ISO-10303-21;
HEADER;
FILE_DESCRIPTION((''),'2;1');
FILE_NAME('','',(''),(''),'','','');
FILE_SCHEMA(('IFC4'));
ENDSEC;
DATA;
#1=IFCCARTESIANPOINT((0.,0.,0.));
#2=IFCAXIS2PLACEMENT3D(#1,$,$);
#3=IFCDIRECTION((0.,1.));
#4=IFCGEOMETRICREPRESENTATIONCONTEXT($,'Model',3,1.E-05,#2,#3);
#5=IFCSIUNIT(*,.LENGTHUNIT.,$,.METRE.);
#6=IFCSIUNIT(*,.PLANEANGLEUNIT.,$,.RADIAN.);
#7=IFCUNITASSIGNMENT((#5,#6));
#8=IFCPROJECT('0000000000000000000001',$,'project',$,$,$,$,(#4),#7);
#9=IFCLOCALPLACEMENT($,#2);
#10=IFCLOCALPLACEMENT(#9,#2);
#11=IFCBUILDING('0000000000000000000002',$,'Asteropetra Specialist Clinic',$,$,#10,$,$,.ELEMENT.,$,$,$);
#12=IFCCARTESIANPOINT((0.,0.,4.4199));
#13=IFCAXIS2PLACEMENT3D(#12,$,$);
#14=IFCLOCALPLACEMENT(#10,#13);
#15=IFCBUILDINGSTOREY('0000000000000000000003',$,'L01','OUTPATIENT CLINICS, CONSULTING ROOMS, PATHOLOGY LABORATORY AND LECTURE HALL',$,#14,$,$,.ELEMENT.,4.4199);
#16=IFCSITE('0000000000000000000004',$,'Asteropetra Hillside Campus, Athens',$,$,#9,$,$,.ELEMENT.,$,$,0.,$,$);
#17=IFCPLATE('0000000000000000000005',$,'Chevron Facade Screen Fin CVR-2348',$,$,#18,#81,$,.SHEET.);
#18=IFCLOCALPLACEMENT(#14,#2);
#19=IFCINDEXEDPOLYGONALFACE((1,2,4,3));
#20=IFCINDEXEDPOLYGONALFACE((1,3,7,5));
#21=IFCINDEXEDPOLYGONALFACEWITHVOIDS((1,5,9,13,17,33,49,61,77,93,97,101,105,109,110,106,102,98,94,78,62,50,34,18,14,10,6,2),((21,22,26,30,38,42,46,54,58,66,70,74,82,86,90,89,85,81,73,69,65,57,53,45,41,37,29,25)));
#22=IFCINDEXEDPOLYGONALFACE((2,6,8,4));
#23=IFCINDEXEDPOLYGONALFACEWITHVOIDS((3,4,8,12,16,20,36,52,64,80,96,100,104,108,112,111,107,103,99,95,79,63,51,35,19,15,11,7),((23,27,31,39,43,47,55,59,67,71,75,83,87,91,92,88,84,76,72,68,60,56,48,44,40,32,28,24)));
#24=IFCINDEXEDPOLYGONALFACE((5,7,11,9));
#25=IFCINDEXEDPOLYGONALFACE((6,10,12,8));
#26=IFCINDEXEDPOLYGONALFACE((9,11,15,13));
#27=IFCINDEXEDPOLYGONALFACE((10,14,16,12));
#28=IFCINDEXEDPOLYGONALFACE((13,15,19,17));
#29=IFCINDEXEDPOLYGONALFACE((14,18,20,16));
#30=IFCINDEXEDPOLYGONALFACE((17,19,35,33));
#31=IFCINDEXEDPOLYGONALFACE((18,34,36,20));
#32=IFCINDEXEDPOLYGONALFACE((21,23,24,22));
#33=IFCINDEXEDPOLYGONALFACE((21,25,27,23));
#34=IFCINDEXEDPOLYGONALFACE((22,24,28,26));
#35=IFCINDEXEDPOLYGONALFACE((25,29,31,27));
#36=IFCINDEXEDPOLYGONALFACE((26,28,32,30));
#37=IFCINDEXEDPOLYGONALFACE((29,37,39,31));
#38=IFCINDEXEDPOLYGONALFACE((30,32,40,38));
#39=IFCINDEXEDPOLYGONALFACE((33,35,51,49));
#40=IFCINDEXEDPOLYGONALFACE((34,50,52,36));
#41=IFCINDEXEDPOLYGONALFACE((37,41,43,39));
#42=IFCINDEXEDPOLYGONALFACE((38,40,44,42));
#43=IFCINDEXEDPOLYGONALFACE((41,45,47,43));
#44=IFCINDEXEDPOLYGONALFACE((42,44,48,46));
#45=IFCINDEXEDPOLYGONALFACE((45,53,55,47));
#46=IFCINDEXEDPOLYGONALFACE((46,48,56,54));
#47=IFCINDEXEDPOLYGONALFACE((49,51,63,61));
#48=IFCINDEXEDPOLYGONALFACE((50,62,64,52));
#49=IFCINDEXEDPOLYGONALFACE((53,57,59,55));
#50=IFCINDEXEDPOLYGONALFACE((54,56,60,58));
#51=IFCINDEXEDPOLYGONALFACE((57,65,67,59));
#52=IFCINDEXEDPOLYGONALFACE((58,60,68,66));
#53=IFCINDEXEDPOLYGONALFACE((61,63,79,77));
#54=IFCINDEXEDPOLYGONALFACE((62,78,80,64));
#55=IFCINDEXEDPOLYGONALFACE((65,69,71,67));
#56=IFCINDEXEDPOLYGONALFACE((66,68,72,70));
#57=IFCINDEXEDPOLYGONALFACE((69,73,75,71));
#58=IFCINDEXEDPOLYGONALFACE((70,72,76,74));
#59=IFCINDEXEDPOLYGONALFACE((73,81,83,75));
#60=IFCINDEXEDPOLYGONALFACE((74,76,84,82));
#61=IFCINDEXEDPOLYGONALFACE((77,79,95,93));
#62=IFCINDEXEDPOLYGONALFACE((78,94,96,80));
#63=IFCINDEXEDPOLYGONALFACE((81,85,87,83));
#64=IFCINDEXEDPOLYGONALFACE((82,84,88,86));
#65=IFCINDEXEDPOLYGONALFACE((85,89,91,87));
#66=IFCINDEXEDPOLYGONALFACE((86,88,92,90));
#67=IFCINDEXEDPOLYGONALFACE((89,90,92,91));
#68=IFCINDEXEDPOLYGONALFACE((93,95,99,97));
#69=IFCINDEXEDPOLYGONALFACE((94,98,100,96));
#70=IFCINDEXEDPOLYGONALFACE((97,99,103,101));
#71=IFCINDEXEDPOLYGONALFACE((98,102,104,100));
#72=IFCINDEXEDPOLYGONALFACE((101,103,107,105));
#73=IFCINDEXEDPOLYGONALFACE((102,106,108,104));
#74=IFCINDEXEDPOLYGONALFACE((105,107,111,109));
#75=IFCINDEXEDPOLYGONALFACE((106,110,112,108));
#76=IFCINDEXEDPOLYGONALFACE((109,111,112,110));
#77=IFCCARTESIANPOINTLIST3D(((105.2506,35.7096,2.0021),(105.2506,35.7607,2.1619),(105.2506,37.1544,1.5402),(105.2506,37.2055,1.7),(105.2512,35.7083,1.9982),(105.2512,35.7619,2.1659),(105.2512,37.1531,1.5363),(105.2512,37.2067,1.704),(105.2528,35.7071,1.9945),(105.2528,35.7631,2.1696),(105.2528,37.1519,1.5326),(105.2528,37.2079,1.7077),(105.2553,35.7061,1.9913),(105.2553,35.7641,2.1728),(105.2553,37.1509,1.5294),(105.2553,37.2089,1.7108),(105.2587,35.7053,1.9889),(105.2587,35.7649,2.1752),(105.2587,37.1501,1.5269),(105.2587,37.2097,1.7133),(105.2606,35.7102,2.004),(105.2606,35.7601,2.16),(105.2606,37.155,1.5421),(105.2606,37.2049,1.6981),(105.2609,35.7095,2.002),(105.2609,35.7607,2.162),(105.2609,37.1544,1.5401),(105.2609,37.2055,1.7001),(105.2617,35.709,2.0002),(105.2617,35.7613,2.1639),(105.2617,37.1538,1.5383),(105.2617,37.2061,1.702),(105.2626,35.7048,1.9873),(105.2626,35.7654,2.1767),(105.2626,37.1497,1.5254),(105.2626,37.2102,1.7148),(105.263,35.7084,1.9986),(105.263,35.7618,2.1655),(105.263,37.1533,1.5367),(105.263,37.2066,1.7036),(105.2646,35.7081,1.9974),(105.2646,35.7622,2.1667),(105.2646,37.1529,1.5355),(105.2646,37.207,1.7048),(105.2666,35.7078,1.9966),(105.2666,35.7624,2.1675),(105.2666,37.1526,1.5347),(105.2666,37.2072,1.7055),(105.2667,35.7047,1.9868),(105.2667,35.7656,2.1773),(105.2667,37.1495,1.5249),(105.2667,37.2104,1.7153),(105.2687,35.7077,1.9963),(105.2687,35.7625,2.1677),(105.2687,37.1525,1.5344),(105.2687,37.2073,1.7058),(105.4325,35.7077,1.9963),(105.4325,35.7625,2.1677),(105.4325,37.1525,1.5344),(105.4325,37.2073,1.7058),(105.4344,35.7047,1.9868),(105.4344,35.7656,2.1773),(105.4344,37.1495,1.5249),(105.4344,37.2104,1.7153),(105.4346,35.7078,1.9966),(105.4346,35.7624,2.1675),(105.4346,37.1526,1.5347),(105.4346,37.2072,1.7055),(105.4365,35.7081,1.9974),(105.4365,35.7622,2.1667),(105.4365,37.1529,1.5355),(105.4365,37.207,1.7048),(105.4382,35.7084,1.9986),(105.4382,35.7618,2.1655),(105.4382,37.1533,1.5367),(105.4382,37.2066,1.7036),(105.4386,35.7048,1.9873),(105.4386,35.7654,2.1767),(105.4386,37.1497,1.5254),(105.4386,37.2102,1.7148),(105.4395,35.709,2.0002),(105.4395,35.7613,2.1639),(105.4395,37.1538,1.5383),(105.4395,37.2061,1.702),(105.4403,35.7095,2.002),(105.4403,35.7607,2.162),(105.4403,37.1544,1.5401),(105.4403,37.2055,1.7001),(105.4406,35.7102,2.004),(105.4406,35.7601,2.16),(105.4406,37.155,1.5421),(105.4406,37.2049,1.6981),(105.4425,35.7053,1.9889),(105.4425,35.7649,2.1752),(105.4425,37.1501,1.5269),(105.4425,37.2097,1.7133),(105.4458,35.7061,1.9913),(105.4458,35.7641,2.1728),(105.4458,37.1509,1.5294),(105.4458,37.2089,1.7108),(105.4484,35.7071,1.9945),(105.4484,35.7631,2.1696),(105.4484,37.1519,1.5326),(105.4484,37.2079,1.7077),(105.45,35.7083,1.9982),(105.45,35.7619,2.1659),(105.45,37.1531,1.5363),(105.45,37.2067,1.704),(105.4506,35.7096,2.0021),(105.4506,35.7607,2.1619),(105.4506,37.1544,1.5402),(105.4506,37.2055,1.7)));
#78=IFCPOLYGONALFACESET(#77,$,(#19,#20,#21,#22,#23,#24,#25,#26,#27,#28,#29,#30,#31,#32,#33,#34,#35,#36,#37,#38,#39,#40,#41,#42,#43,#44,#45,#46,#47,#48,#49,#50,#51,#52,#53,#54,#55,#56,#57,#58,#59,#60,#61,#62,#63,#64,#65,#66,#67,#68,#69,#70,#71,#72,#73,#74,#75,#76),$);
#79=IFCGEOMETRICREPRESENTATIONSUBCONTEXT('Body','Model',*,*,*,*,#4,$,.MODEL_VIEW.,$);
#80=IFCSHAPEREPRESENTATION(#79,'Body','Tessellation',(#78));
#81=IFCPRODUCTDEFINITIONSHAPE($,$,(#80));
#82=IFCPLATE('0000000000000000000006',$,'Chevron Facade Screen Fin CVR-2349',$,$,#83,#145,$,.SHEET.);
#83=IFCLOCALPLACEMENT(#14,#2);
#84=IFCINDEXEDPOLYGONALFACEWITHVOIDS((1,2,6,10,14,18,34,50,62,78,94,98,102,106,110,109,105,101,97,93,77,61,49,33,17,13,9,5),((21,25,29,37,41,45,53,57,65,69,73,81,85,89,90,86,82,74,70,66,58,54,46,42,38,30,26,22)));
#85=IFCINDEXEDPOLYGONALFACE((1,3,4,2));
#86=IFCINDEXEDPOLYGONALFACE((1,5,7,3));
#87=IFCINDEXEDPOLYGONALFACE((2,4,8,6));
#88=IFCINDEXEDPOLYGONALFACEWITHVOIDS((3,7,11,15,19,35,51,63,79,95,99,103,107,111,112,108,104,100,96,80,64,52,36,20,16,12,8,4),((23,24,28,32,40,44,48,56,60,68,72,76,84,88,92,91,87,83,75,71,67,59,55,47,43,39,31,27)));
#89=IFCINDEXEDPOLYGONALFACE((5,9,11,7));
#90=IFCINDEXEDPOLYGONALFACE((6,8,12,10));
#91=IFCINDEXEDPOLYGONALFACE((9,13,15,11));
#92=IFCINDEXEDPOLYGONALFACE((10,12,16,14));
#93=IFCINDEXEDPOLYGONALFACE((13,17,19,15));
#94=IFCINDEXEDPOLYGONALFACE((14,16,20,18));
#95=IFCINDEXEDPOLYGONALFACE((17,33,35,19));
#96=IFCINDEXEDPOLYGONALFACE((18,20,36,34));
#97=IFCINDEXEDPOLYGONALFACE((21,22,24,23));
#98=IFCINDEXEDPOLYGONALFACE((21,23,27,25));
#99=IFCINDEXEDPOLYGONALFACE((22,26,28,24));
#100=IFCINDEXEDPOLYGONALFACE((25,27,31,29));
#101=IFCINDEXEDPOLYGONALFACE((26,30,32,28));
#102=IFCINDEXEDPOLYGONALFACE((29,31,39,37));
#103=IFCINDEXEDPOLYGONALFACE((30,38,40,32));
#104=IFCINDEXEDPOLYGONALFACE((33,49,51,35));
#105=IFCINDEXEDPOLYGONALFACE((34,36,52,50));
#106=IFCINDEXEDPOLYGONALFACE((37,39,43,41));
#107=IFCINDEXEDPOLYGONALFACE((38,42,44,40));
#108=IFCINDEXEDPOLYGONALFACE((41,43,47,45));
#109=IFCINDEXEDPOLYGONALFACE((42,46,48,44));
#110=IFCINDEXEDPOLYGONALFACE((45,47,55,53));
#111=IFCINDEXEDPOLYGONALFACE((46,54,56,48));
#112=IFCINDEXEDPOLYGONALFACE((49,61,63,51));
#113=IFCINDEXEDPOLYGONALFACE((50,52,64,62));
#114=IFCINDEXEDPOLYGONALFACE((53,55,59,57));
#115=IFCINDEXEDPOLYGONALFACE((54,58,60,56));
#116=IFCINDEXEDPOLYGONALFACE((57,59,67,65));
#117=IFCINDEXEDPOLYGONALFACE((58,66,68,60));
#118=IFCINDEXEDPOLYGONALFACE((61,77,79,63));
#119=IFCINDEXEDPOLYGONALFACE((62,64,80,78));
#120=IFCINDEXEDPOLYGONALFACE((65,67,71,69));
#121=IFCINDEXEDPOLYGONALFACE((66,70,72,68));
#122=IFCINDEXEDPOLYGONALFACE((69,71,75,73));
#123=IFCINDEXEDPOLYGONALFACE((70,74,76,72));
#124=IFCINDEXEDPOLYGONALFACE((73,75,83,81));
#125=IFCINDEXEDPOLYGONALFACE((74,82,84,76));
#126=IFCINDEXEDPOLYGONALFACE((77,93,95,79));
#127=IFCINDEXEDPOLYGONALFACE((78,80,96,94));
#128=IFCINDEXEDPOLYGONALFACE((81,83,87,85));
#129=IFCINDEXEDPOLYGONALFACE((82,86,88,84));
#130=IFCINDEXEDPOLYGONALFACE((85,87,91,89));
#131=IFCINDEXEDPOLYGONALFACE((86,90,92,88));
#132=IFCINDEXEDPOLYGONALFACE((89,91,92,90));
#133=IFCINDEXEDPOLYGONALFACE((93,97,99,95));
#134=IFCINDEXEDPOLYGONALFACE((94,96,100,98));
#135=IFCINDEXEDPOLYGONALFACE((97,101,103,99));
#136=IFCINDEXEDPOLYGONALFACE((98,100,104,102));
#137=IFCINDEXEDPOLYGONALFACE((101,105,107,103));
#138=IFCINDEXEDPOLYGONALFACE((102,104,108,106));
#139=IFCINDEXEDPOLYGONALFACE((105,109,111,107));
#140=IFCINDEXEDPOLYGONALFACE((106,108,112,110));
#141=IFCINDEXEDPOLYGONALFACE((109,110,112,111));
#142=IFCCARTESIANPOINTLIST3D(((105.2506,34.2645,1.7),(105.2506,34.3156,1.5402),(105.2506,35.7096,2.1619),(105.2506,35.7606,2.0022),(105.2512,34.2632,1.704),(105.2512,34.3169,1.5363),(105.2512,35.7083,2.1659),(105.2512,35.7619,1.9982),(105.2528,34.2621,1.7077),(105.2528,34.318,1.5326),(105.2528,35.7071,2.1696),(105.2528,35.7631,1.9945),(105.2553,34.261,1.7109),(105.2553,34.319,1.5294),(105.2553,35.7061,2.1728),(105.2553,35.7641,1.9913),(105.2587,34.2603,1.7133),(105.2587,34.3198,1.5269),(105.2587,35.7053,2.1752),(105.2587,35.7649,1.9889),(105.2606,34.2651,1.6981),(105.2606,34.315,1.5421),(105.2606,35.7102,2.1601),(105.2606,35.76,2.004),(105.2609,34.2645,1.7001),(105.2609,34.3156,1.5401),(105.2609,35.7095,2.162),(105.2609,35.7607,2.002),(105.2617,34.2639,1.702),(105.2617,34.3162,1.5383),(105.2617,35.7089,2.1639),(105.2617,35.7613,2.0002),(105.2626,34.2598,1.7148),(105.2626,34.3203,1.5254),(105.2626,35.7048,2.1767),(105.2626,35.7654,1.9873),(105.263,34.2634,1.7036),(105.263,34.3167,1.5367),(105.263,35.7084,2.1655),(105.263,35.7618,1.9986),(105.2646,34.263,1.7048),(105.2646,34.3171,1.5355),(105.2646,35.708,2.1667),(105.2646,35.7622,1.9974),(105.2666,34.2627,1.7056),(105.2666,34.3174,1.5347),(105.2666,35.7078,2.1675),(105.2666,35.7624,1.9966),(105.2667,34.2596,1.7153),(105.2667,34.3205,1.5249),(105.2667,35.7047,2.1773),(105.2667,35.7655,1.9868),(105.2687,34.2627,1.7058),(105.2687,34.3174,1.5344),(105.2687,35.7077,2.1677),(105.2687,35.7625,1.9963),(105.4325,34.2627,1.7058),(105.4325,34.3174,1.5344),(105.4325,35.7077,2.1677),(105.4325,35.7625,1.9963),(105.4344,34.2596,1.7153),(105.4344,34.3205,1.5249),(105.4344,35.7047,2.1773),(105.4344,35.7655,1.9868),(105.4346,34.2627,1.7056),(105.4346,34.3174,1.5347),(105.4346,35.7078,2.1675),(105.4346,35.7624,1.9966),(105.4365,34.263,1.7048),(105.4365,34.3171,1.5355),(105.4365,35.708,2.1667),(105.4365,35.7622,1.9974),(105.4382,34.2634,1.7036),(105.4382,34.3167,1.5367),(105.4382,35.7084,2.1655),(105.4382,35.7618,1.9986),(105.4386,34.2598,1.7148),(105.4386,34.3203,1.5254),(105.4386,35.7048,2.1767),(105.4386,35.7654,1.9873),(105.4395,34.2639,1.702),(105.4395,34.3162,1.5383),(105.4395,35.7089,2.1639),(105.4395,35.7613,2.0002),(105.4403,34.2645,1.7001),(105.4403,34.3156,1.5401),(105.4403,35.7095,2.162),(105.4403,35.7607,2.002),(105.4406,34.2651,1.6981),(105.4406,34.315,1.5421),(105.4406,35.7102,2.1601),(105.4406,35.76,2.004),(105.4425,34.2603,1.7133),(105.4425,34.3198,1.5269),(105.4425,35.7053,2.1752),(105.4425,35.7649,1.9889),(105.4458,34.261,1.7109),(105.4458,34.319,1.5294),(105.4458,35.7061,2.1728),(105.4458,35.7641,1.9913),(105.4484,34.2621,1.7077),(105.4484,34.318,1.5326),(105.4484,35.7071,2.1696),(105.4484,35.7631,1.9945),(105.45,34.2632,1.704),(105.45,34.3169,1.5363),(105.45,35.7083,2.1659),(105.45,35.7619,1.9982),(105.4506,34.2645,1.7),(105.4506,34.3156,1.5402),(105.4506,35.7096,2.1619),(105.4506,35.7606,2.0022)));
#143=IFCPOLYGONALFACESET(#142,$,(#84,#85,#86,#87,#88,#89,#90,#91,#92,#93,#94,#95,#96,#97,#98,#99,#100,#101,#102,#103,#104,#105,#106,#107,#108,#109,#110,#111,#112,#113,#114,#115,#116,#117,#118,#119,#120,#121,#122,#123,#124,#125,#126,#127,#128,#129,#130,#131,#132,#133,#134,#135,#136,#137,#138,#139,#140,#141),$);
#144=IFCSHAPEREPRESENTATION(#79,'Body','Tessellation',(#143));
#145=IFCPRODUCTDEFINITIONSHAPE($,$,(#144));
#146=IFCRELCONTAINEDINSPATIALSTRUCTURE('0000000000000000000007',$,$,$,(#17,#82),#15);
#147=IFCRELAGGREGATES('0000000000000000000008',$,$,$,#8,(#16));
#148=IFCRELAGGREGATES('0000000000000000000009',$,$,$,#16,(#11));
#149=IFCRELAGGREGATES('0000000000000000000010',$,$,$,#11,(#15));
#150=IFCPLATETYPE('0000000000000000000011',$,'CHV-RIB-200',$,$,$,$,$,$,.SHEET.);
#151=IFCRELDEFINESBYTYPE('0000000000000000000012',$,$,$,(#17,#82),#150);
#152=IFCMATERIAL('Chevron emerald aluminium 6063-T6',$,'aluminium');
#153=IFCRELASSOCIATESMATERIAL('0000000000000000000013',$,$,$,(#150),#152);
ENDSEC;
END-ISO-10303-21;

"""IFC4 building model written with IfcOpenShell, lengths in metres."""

from ifc_helpers import new_model, si_unit, direction, frame, origin, origin_2d, place, context, subcontext, project, spatial, hollow_rectangle, extrude, material, material_profile, profile_set, type_object, element, save


model = new_model("IFC4")

# Units and contexts
model_context = context("Model", 3, precision=1e-05, world=origin(), true_north=direction((0.0, 1.0)))
body_context = subcontext(model_context, "Body", "Model", "MODEL_VIEW")
ifc_project = project(units=[si_unit("LENGTHUNIT", "METRE"), si_unit("PLANEANGLEUNIT", "RADIAN")], contexts=[model_context])

# Site, building, storey
site_placement = place(None, origin())
site = spatial("IfcSite", under=ifc_project, at=site_placement, Name="Asteropetra Hillside Campus, Athens", CompositionType="ELEMENT", RefElevation=0.0)
building_placement = place(site_placement, origin())
building = spatial("IfcBuilding", under=site, at=building_placement, Name="Asteropetra Specialist Clinic", CompositionType="ELEMENT")
storey_placement = place(building_placement, frame((0.0, 0.0, 4.4199)))
storey = spatial("IfcBuildingStorey", under=building, at=storey_placement, Name="L01", Description="OUTPATIENT CLINICS, CONSULTING ROOMS, PATHOLOGY LABORATORY AND LECTURE HALL", CompositionType="ELEMENT", Elevation=4.4199)

# Plates
ifc_material_1 = material(Name="Chevron emerald aluminium 6063-T6", Category="aluminium")
ifc_material_profile_1 = material_profile(ifc_material_1, hollow_rectangle(XDim=0.2, YDim=0.2, WallThickness=0.01, InnerFilletRadius=0.0081, OuterFilletRadius=0.0161, at=origin_2d()), Name="SHS 200x200x10.0")
ifc_profile_set_1 = profile_set([ifc_material_profile_1], Name="Chevron emerald aluminium 6063-T6")
plate_type = type_object("IfcPlateType", Name="CHV-RIB-200", PredefinedType="SHEET", material=ifc_profile_set_1)
plate_1_placement = place(storey_placement, frame((105.3506, 37.1799, 1.6201), z_axis=(0.0, -0.952506, 0.304519), x_axis=(1.0, 0.0, 0.0)))
element("IfcPlate", 1, at=plate_1_placement, inside=storey, type_object=plate_type, Name="Chevron Facade Screen Fin CVR-2348", PredefinedType="SHEET", context=body_context, shape_type="SweptSolid", body=[
    extrude(hollow_rectangle(XDim=0.2, YDim=0.2, WallThickness=0.01, InnerFilletRadius=0.0081, OuterFilletRadius=0.0161, at=origin_2d()), origin(), (0.0, 0.0, 1.0), 1.5168),
])
plate_2_placement = place(storey_placement, frame((105.3506, 35.7351, 2.082), z_axis=(0.0, -0.952521, -0.304472), x_axis=(1.0, 0.0, 0.0)))
element("IfcPlate", 2, at=plate_2_placement, inside=storey, type_object=plate_type, Name="Chevron Facade Screen Fin CVR-2349", PredefinedType="SHEET", context=body_context, shape_type="SweptSolid", body=[
    extrude(hollow_rectangle(XDim=0.2, YDim=0.2, WallThickness=0.01, InnerFilletRadius=0.0081, OuterFilletRadius=0.0161, at=origin_2d()), origin(), (0.0, 0.0, 1.0), 1.5171),
])

save(model, "model.ifc")
